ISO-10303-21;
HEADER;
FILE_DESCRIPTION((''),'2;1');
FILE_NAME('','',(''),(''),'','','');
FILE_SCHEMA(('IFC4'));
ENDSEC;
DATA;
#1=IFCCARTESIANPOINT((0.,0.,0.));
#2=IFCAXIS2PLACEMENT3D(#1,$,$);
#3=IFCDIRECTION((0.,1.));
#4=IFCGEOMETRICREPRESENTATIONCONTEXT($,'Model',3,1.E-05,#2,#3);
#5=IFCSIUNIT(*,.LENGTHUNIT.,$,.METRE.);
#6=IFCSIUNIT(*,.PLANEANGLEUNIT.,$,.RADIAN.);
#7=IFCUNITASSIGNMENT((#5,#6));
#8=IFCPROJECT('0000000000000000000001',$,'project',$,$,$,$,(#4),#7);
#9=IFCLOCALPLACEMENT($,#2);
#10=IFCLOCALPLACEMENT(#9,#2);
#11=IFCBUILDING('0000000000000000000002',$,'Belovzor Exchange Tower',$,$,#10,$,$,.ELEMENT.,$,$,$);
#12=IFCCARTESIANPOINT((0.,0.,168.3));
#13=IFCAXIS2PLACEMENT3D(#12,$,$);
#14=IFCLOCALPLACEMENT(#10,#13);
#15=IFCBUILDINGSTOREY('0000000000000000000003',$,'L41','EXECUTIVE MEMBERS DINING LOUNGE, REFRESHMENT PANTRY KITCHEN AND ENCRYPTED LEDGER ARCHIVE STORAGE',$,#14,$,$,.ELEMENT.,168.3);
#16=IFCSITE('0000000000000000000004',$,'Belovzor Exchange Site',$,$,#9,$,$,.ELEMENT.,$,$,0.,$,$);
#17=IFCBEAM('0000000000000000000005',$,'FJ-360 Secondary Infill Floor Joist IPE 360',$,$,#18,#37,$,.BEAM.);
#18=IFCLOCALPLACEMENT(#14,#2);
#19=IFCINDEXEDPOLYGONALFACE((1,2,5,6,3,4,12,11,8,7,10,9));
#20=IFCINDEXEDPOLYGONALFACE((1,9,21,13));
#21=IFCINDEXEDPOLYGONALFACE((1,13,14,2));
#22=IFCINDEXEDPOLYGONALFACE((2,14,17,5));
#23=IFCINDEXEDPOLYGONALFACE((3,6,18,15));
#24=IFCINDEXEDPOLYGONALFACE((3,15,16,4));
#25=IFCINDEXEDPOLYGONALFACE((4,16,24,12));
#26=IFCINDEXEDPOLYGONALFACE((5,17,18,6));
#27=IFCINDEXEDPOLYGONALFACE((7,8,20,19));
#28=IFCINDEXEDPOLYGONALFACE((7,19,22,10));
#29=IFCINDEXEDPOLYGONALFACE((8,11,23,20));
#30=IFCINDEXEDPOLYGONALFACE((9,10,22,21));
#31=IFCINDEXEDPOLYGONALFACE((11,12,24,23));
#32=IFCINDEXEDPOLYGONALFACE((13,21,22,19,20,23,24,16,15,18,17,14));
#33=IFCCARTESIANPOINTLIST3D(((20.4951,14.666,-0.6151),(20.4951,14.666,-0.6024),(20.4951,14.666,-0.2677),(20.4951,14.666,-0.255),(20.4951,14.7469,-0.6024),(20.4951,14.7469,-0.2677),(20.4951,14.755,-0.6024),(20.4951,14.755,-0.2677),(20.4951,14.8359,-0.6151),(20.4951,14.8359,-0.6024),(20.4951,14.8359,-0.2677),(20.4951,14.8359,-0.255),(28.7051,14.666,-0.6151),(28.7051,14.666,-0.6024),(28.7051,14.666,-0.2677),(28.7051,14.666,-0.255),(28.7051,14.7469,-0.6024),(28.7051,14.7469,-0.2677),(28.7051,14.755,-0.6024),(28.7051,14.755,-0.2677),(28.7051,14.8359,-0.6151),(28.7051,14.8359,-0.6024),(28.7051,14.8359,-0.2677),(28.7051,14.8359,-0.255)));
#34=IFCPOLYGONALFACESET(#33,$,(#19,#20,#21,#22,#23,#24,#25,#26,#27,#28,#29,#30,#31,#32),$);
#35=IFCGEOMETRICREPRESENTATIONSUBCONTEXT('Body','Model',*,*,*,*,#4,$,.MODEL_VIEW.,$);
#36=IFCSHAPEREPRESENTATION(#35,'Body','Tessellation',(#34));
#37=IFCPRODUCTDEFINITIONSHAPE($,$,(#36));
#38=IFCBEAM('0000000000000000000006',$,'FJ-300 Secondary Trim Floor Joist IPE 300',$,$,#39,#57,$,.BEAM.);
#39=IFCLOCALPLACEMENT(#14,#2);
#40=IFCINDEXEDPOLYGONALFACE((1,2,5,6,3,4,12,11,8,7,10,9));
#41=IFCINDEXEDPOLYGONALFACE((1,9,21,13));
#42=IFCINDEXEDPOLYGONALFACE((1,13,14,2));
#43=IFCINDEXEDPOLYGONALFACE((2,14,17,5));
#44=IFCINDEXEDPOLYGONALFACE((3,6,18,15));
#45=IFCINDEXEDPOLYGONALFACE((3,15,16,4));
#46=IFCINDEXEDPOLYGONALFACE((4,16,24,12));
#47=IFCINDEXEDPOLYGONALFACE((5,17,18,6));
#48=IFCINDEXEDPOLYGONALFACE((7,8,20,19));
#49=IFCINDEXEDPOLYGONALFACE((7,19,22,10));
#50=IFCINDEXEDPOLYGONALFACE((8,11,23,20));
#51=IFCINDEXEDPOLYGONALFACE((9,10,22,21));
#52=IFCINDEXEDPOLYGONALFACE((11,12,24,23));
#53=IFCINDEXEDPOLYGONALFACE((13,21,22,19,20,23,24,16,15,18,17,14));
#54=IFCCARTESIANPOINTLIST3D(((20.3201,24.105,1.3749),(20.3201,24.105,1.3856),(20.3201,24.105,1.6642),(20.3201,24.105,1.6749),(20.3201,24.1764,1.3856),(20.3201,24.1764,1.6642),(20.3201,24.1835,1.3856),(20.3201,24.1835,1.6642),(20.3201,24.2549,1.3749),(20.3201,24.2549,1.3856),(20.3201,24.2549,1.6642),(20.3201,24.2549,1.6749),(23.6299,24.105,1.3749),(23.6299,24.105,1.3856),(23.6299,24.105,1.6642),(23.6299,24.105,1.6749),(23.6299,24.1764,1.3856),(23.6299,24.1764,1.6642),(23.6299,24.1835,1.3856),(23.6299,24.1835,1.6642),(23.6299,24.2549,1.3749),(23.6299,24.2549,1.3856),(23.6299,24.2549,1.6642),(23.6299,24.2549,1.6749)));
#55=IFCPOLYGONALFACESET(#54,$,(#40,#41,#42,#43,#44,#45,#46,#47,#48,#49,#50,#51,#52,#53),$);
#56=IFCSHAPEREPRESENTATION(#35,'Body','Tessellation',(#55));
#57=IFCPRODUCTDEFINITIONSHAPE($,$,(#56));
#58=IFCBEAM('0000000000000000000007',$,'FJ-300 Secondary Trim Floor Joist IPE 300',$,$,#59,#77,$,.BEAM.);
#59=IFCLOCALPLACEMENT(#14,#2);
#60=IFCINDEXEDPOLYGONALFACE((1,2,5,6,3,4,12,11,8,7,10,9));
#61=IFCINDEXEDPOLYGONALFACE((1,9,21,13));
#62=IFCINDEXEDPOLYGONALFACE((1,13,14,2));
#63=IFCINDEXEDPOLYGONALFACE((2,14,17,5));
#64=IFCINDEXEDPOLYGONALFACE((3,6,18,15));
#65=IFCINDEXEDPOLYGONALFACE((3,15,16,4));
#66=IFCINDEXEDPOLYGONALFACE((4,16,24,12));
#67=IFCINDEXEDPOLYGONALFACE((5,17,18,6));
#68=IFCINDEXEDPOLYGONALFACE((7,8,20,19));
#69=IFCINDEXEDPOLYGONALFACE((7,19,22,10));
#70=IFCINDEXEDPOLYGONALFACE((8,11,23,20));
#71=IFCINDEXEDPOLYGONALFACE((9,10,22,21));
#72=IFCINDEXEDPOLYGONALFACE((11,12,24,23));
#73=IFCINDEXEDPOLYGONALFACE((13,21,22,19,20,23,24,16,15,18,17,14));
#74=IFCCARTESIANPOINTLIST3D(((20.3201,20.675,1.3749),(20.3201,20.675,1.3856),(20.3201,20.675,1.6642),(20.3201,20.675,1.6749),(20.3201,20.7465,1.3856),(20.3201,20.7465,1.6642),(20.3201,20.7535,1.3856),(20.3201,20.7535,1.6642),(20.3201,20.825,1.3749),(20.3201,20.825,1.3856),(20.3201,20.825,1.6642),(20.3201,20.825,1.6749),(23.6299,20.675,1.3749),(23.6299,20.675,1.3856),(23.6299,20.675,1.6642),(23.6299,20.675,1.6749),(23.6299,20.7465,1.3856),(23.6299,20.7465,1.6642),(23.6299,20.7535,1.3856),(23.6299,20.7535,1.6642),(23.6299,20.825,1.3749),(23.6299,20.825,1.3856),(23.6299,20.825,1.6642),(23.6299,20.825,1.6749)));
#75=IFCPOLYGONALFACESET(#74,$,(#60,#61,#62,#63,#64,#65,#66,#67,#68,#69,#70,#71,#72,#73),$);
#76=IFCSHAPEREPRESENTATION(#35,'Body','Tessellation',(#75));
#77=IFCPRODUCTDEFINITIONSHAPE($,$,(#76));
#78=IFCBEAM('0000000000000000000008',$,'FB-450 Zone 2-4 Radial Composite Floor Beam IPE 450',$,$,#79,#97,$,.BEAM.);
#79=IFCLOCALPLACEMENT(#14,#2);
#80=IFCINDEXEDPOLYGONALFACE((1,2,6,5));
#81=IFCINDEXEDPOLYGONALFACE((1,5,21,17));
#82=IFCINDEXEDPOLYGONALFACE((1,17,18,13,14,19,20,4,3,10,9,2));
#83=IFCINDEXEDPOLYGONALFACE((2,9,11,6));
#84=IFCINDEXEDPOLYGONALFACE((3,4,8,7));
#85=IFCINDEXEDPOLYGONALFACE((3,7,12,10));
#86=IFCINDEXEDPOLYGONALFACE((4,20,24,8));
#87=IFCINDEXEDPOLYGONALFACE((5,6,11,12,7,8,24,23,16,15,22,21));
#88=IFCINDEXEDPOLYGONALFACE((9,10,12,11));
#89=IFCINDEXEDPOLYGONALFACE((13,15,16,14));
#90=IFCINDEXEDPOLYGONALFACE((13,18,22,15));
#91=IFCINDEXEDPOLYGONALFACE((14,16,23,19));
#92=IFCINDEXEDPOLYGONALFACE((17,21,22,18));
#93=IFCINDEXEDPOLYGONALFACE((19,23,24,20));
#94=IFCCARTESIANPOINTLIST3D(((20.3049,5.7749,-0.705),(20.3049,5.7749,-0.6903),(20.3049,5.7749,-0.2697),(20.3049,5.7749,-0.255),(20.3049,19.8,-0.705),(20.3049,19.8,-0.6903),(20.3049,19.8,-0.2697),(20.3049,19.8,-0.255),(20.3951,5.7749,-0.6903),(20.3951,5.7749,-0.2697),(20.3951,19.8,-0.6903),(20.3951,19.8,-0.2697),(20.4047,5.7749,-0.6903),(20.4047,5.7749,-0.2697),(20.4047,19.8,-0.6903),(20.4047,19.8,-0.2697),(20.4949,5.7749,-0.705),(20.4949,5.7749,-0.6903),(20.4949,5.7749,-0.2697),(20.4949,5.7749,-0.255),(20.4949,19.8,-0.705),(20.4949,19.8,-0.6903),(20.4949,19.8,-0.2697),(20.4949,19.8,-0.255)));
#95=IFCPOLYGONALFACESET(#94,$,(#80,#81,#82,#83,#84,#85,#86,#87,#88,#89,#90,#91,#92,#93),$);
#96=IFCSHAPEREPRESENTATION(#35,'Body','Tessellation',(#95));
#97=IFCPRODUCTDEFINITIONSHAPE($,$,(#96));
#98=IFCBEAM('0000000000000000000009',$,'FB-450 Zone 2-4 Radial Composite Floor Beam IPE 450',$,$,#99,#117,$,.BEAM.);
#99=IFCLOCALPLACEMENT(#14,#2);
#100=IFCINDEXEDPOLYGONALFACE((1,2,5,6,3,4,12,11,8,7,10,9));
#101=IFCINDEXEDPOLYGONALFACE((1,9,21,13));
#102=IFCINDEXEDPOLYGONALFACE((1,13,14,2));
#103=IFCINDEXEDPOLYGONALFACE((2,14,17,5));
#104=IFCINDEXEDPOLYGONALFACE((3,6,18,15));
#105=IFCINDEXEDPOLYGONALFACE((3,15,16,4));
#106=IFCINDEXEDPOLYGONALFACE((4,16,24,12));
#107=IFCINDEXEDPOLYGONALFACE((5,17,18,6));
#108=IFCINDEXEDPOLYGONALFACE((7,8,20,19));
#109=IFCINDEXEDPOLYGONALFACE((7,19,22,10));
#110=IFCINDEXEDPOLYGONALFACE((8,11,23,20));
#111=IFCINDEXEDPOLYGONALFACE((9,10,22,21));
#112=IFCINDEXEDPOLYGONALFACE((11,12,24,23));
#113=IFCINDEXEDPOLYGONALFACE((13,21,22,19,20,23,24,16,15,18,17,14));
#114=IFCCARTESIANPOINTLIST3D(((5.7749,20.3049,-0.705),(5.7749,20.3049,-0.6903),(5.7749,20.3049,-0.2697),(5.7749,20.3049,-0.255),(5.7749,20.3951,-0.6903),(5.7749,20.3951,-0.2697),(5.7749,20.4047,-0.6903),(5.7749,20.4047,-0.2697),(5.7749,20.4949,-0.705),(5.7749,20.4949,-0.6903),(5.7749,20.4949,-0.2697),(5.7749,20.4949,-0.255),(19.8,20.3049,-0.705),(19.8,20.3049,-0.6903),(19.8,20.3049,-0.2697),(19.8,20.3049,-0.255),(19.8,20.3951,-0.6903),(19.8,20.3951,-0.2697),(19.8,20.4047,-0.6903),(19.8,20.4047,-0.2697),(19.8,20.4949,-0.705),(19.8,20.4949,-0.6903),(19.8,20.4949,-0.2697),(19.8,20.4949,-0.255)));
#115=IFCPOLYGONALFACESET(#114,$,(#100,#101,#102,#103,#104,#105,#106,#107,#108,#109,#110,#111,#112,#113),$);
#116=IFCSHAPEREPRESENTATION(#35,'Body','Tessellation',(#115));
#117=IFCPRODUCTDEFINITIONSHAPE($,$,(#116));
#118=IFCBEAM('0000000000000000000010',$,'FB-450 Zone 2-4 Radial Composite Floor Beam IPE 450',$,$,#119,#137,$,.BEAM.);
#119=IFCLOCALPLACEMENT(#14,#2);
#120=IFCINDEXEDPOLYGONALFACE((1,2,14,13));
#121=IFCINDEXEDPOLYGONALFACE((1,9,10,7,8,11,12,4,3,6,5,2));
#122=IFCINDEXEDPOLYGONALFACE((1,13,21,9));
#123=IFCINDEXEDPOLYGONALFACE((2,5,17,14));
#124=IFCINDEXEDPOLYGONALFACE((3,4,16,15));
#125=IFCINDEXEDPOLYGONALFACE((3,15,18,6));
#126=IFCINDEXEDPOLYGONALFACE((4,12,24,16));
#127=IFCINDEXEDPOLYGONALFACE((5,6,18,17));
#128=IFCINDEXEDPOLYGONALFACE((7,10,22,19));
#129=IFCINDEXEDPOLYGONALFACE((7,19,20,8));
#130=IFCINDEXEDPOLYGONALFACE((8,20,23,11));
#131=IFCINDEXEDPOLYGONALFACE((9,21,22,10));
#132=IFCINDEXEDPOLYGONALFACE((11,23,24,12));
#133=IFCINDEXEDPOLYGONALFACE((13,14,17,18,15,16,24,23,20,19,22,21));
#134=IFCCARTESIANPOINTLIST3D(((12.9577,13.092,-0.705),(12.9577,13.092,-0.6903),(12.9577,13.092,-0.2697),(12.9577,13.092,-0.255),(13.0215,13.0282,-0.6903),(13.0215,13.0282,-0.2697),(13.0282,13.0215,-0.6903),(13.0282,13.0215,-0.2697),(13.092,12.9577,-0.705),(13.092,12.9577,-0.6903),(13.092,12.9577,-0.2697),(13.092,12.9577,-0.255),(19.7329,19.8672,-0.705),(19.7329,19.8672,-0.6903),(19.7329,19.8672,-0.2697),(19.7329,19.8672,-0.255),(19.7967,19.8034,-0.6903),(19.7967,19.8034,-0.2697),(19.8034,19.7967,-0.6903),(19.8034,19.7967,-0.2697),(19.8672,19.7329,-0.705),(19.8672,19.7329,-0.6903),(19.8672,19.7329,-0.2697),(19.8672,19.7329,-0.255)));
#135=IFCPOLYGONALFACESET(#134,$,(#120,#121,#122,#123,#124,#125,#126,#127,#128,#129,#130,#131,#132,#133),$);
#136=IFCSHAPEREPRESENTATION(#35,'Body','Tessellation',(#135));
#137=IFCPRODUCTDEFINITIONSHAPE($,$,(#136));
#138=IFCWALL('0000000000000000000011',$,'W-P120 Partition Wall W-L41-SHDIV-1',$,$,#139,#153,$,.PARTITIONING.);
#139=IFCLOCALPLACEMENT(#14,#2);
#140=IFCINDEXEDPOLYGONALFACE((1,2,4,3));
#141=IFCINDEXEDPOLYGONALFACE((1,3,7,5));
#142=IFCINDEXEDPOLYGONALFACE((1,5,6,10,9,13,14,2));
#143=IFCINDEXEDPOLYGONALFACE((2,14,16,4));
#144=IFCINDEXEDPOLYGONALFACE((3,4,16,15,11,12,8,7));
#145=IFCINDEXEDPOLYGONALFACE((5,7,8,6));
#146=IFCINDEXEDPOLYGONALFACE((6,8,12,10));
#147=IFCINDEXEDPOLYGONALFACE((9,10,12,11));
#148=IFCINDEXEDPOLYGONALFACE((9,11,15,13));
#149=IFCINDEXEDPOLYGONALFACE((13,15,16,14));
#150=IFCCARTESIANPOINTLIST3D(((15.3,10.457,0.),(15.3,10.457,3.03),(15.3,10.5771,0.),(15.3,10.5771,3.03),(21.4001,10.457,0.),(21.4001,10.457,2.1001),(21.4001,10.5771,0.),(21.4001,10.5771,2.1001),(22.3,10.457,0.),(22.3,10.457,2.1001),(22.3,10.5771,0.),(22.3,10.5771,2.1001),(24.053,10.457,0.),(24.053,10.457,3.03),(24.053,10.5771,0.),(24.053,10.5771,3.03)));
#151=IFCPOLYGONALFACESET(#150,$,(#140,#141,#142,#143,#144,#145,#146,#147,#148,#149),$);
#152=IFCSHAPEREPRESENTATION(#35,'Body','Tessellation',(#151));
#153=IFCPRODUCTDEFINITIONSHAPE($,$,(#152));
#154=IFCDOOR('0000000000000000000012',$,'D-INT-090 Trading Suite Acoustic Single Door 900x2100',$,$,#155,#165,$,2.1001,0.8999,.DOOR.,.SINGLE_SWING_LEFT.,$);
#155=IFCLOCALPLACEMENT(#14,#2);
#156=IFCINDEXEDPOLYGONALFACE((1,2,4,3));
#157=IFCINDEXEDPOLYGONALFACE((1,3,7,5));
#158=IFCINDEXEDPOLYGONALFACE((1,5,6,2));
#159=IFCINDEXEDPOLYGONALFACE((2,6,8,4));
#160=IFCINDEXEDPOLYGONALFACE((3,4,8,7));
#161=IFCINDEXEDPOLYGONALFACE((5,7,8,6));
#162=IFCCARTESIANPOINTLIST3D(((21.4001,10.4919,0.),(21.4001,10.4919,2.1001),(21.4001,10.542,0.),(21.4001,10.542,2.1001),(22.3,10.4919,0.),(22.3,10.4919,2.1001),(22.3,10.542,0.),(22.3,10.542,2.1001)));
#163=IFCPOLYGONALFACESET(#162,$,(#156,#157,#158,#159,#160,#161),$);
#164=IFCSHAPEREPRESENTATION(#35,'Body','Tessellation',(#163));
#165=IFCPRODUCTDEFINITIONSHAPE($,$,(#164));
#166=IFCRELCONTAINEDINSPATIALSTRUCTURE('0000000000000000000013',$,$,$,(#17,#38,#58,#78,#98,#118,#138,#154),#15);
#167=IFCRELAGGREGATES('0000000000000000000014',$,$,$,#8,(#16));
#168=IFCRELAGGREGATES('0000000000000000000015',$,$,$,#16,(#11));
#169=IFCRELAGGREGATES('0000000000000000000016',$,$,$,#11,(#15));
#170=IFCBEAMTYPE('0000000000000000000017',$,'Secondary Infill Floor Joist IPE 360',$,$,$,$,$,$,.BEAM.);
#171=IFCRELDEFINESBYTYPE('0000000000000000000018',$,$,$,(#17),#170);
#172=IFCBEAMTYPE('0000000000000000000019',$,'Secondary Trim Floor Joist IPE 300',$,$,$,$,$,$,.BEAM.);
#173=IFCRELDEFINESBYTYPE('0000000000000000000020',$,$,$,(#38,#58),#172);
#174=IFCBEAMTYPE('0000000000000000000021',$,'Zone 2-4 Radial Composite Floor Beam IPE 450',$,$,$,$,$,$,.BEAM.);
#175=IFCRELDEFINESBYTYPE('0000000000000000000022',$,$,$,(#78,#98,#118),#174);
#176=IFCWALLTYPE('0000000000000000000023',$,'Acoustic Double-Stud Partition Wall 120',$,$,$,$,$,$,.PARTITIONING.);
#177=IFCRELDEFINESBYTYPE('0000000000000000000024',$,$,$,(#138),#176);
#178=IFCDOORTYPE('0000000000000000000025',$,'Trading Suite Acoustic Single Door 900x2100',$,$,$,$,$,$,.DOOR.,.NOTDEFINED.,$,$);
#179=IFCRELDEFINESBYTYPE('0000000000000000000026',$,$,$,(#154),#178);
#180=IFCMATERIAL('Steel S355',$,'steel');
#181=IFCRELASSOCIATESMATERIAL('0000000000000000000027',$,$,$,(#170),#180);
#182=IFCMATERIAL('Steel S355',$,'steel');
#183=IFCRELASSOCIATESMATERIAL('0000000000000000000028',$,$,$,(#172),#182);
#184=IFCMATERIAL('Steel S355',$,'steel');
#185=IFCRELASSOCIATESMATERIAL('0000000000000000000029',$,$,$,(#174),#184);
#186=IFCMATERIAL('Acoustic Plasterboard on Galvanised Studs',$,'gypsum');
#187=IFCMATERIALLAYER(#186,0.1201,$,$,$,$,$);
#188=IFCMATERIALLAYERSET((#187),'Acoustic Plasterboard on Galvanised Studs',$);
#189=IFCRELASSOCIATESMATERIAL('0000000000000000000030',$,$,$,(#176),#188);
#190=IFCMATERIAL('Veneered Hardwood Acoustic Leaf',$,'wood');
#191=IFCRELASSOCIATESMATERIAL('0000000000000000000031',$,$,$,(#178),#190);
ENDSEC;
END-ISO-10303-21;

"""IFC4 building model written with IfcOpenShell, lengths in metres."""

from ifc_helpers import new_model, si_unit, direction, frame, frame_2d, origin, origin_2d, place, context, subcontext, project, spatial, rectangle, i_section, extrude, material, layer, layer_set, material_profile, profile_set, type_object, element, fill, save


model = new_model("IFC4")

# Units and contexts
model_context = context("Model", 3, precision=1e-05, world=origin(), true_north=direction((0.0, 1.0)))
body_context = subcontext(model_context, "Body", "Model", "MODEL_VIEW")
ifc_project = project(units=[si_unit("LENGTHUNIT", "METRE"), si_unit("PLANEANGLEUNIT", "RADIAN")], contexts=[model_context])

# Site, building, storey
site_placement = place(None, origin())
site = spatial("IfcSite", under=ifc_project, at=site_placement, Name="Belovzor Exchange Site", CompositionType="ELEMENT", RefElevation=0.0)
building_placement = place(site_placement, origin())
building = spatial("IfcBuilding", under=site, at=building_placement, Name="Belovzor Exchange Tower", CompositionType="ELEMENT")
storey_placement = place(building_placement, frame((0.0, 0.0, 168.3)))
storey = spatial("IfcBuildingStorey", under=building, at=storey_placement, Name="L41", Description="EXECUTIVE MEMBERS DINING LOUNGE, REFRESHMENT PANTRY KITCHEN AND ENCRYPTED LEDGER ARCHIVE STORAGE", CompositionType="ELEMENT", Elevation=168.3)

# Beams
ifc_material_1 = material(Name="Steel S355", Category="steel")
ifc_material_profile_1 = material_profile(ifc_material_1, i_section(OverallWidth=0.1699, OverallDepth=0.3601, WebThickness=0.0081, FlangeThickness=0.0127, at=origin_2d()))
ifc_profile_set_1 = profile_set([ifc_material_profile_1], Name="Steel S355")
beam_type_1 = type_object("IfcBeamType", Name="Secondary Infill Floor Joist IPE 360", PredefinedType="BEAM", material=ifc_profile_set_1)
beam_1_placement = place(storey_placement, frame((20.4951, 14.751, -0.4351), z_axis=(1.0, 0.0, 0.0), x_axis=(0.0, 1.0, 0.0)))
element("IfcBeam", 1, at=beam_1_placement, inside=storey, type_object=beam_type_1, Name="FJ-360 Secondary Infill Floor Joist IPE 360", PredefinedType="BEAM", context=body_context, shape_type="SweptSolid", body=[
    extrude(i_section(OverallWidth=0.1699, OverallDepth=0.3601, WebThickness=0.0081, FlangeThickness=0.0127, at=origin_2d()), origin(), (0.0, 0.0, 1.0), 8.21),
])
ifc_material_2 = material(Name="Steel S355", Category="steel")
ifc_material_profile_2 = material_profile(ifc_material_2, i_section(OverallWidth=0.1499, OverallDepth=0.3, WebThickness=0.0071, FlangeThickness=0.0107, at=origin_2d()))
ifc_profile_set_2 = profile_set([ifc_material_profile_2], Name="Steel S355")
beam_type_2 = type_object("IfcBeamType", Name="Secondary Trim Floor Joist IPE 300", PredefinedType="BEAM", material=ifc_profile_set_2)
for number, where, z_axis, x_axis, name in (
    (2, (20.3201, 24.1799, 1.5249), (1.0, 0.0, 0.0), (0.0, 1.0, 0.0), "FJ-300 Secondary Trim Floor Joist IPE 300"),
    (3, (20.3201, 20.75, 1.5249), (1.0, 0.0, 0.0), (0.0, 1.0, 0.0), "FJ-300 Secondary Trim Floor Joist IPE 300"),
):
    element("IfcBeam", number, at=place(storey_placement, frame(where, z_axis=z_axis, x_axis=x_axis)), inside=storey, type_object=beam_type_2, Name=name, PredefinedType="BEAM", context=body_context, shape_type="SweptSolid", body=[
        extrude(i_section(OverallWidth=0.1499, OverallDepth=0.3, WebThickness=0.0071, FlangeThickness=0.0107, at=origin_2d()), origin(), (0.0, 0.0, 1.0), 3.3098),
    ])
ifc_material_3 = material(Name="Steel S355", Category="steel")
ifc_material_profile_3 = material_profile(ifc_material_3, i_section(OverallWidth=0.1899, OverallDepth=0.45, WebThickness=0.0095, FlangeThickness=0.0146, at=origin_2d()))
ifc_profile_set_3 = profile_set([ifc_material_profile_3], Name="Steel S355")
beam_type_3 = type_object("IfcBeamType", Name="Zone 2-4 Radial Composite Floor Beam IPE 450", PredefinedType="BEAM", material=ifc_profile_set_3)
for number, where, z_axis, x_axis, name in (
    (4, (20.3999, 19.8, -0.48), (0.0, -1.0, 0.0), (1.0, 0.0, 0.0), "FB-450 Zone 2-4 Radial Composite Floor Beam IPE 450"),
    (5, (19.8, 20.3999, -0.48), (-1.0, 0.0, 0.0), (0.0, -1.0, 0.0), "FB-450 Zone 2-4 Radial Composite Floor Beam IPE 450"),
):
    element("IfcBeam", number, at=place(storey_placement, frame(where, z_axis=z_axis, x_axis=x_axis)), inside=storey, type_object=beam_type_3, Name=name, PredefinedType="BEAM", context=body_context, shape_type="SweptSolid", body=[
        extrude(i_section(OverallWidth=0.1899, OverallDepth=0.45, WebThickness=0.0095, FlangeThickness=0.0146, at=origin_2d()), origin(), (0.0, 0.0, 1.0), 14.0251),
    ])
beam_2_placement = place(storey_placement, frame((19.8, 19.8, -0.48), z_axis=(-0.707107, -0.707107, 0.0), x_axis=(0.707107, -0.707107, 0.0)))
element("IfcBeam", 6, at=beam_2_placement, inside=storey, type_object=beam_type_3, Name="FB-450 Zone 2-4 Radial Composite Floor Beam IPE 450", PredefinedType="BEAM", context=body_context, shape_type="SweptSolid", body=[
    extrude(i_section(OverallWidth=0.1899, OverallDepth=0.45, WebThickness=0.0095, FlangeThickness=0.0146, at=origin_2d()), origin(), (0.0, 0.0, 1.0), 9.5815),
])

# Wall, opening, door
ifc_material_4 = material(Name="Acoustic Plasterboard on Galvanised Studs", Category="gypsum")
ifc_layer_1 = layer(ifc_material_4, 0.1201)
ifc_layer_set_1 = layer_set([ifc_layer_1], Name="Acoustic Plasterboard on Galvanised Studs")
wall_type_1 = type_object("IfcWallType", Name="Acoustic Double-Stud Partition Wall 120", PredefinedType="PARTITIONING", material=ifc_layer_set_1)
wall_1_placement = place(storey_placement, frame((15.3, 10.5171, 0.0), z_axis=(0.0, 0.0, 1.0), x_axis=(1.0, 0.0, 0.0)))
wall_1 = element("IfcWall", 7, at=wall_1_placement, inside=storey, type_object=wall_type_1, Name="W-P120 Partition Wall W-L41-SHDIV-1", PredefinedType="PARTITIONING", context=body_context, shape_type="SweptSolid", body=[
    extrude(rectangle(XDim=8.7529, YDim=0.1201, at=frame_2d((4.3765, 0.0))), origin(), (0.0, 0.0, 1.0), 3.03),
])
opening_1_placement = place(wall_1_placement, frame((6.1001, 0.0, 0.0)))
opening_1 = element("IfcOpeningElement", 8, at=opening_1_placement, cuts=wall_1, PredefinedType="OPENING", context=body_context, shape_type="SweptSolid", body=[
    extrude(rectangle(XDim=0.8999, YDim=2.1001, at=frame_2d((0.45, 1.05))), frame((0.0, 0.0701, 0.0), z_axis=(0.0, -1.0, 0.0), x_axis=(1.0, 0.0, 0.0)), (0.0, 0.0, 1.0), 0.1401),
])
ifc_material_5 = material(Name="Veneered Hardwood Acoustic Leaf", Category="wood")
door_type_1 = type_object("IfcDoorType", Name="Trading Suite Acoustic Single Door 900x2100", OperationType="NOTDEFINED", PredefinedType="DOOR", material=ifc_material_5)
door_1_placement = place(opening_1_placement, origin())
door_1 = element("IfcDoor", 9, at=door_1_placement, inside=storey, type_object=door_type_1, Name="D-INT-090 Trading Suite Acoustic Single Door 900x2100", OperationType="SINGLE_SWING_LEFT", OverallHeight=2.1001, OverallWidth=0.8999, PredefinedType="DOOR", context=body_context, shape_type="SweptSolid", body=[
    extrude(rectangle(XDim=0.8999, YDim=2.1001, at=frame_2d((0.45, 1.05))), frame((0.0, 0.0249, 0.0), z_axis=(0.0, -1.0, 0.0), x_axis=(1.0, 0.0, 0.0)), (0.0, 0.0, 1.0), 0.05),
])
fill(opening_1, door_1)

save(model, "model.ifc")
